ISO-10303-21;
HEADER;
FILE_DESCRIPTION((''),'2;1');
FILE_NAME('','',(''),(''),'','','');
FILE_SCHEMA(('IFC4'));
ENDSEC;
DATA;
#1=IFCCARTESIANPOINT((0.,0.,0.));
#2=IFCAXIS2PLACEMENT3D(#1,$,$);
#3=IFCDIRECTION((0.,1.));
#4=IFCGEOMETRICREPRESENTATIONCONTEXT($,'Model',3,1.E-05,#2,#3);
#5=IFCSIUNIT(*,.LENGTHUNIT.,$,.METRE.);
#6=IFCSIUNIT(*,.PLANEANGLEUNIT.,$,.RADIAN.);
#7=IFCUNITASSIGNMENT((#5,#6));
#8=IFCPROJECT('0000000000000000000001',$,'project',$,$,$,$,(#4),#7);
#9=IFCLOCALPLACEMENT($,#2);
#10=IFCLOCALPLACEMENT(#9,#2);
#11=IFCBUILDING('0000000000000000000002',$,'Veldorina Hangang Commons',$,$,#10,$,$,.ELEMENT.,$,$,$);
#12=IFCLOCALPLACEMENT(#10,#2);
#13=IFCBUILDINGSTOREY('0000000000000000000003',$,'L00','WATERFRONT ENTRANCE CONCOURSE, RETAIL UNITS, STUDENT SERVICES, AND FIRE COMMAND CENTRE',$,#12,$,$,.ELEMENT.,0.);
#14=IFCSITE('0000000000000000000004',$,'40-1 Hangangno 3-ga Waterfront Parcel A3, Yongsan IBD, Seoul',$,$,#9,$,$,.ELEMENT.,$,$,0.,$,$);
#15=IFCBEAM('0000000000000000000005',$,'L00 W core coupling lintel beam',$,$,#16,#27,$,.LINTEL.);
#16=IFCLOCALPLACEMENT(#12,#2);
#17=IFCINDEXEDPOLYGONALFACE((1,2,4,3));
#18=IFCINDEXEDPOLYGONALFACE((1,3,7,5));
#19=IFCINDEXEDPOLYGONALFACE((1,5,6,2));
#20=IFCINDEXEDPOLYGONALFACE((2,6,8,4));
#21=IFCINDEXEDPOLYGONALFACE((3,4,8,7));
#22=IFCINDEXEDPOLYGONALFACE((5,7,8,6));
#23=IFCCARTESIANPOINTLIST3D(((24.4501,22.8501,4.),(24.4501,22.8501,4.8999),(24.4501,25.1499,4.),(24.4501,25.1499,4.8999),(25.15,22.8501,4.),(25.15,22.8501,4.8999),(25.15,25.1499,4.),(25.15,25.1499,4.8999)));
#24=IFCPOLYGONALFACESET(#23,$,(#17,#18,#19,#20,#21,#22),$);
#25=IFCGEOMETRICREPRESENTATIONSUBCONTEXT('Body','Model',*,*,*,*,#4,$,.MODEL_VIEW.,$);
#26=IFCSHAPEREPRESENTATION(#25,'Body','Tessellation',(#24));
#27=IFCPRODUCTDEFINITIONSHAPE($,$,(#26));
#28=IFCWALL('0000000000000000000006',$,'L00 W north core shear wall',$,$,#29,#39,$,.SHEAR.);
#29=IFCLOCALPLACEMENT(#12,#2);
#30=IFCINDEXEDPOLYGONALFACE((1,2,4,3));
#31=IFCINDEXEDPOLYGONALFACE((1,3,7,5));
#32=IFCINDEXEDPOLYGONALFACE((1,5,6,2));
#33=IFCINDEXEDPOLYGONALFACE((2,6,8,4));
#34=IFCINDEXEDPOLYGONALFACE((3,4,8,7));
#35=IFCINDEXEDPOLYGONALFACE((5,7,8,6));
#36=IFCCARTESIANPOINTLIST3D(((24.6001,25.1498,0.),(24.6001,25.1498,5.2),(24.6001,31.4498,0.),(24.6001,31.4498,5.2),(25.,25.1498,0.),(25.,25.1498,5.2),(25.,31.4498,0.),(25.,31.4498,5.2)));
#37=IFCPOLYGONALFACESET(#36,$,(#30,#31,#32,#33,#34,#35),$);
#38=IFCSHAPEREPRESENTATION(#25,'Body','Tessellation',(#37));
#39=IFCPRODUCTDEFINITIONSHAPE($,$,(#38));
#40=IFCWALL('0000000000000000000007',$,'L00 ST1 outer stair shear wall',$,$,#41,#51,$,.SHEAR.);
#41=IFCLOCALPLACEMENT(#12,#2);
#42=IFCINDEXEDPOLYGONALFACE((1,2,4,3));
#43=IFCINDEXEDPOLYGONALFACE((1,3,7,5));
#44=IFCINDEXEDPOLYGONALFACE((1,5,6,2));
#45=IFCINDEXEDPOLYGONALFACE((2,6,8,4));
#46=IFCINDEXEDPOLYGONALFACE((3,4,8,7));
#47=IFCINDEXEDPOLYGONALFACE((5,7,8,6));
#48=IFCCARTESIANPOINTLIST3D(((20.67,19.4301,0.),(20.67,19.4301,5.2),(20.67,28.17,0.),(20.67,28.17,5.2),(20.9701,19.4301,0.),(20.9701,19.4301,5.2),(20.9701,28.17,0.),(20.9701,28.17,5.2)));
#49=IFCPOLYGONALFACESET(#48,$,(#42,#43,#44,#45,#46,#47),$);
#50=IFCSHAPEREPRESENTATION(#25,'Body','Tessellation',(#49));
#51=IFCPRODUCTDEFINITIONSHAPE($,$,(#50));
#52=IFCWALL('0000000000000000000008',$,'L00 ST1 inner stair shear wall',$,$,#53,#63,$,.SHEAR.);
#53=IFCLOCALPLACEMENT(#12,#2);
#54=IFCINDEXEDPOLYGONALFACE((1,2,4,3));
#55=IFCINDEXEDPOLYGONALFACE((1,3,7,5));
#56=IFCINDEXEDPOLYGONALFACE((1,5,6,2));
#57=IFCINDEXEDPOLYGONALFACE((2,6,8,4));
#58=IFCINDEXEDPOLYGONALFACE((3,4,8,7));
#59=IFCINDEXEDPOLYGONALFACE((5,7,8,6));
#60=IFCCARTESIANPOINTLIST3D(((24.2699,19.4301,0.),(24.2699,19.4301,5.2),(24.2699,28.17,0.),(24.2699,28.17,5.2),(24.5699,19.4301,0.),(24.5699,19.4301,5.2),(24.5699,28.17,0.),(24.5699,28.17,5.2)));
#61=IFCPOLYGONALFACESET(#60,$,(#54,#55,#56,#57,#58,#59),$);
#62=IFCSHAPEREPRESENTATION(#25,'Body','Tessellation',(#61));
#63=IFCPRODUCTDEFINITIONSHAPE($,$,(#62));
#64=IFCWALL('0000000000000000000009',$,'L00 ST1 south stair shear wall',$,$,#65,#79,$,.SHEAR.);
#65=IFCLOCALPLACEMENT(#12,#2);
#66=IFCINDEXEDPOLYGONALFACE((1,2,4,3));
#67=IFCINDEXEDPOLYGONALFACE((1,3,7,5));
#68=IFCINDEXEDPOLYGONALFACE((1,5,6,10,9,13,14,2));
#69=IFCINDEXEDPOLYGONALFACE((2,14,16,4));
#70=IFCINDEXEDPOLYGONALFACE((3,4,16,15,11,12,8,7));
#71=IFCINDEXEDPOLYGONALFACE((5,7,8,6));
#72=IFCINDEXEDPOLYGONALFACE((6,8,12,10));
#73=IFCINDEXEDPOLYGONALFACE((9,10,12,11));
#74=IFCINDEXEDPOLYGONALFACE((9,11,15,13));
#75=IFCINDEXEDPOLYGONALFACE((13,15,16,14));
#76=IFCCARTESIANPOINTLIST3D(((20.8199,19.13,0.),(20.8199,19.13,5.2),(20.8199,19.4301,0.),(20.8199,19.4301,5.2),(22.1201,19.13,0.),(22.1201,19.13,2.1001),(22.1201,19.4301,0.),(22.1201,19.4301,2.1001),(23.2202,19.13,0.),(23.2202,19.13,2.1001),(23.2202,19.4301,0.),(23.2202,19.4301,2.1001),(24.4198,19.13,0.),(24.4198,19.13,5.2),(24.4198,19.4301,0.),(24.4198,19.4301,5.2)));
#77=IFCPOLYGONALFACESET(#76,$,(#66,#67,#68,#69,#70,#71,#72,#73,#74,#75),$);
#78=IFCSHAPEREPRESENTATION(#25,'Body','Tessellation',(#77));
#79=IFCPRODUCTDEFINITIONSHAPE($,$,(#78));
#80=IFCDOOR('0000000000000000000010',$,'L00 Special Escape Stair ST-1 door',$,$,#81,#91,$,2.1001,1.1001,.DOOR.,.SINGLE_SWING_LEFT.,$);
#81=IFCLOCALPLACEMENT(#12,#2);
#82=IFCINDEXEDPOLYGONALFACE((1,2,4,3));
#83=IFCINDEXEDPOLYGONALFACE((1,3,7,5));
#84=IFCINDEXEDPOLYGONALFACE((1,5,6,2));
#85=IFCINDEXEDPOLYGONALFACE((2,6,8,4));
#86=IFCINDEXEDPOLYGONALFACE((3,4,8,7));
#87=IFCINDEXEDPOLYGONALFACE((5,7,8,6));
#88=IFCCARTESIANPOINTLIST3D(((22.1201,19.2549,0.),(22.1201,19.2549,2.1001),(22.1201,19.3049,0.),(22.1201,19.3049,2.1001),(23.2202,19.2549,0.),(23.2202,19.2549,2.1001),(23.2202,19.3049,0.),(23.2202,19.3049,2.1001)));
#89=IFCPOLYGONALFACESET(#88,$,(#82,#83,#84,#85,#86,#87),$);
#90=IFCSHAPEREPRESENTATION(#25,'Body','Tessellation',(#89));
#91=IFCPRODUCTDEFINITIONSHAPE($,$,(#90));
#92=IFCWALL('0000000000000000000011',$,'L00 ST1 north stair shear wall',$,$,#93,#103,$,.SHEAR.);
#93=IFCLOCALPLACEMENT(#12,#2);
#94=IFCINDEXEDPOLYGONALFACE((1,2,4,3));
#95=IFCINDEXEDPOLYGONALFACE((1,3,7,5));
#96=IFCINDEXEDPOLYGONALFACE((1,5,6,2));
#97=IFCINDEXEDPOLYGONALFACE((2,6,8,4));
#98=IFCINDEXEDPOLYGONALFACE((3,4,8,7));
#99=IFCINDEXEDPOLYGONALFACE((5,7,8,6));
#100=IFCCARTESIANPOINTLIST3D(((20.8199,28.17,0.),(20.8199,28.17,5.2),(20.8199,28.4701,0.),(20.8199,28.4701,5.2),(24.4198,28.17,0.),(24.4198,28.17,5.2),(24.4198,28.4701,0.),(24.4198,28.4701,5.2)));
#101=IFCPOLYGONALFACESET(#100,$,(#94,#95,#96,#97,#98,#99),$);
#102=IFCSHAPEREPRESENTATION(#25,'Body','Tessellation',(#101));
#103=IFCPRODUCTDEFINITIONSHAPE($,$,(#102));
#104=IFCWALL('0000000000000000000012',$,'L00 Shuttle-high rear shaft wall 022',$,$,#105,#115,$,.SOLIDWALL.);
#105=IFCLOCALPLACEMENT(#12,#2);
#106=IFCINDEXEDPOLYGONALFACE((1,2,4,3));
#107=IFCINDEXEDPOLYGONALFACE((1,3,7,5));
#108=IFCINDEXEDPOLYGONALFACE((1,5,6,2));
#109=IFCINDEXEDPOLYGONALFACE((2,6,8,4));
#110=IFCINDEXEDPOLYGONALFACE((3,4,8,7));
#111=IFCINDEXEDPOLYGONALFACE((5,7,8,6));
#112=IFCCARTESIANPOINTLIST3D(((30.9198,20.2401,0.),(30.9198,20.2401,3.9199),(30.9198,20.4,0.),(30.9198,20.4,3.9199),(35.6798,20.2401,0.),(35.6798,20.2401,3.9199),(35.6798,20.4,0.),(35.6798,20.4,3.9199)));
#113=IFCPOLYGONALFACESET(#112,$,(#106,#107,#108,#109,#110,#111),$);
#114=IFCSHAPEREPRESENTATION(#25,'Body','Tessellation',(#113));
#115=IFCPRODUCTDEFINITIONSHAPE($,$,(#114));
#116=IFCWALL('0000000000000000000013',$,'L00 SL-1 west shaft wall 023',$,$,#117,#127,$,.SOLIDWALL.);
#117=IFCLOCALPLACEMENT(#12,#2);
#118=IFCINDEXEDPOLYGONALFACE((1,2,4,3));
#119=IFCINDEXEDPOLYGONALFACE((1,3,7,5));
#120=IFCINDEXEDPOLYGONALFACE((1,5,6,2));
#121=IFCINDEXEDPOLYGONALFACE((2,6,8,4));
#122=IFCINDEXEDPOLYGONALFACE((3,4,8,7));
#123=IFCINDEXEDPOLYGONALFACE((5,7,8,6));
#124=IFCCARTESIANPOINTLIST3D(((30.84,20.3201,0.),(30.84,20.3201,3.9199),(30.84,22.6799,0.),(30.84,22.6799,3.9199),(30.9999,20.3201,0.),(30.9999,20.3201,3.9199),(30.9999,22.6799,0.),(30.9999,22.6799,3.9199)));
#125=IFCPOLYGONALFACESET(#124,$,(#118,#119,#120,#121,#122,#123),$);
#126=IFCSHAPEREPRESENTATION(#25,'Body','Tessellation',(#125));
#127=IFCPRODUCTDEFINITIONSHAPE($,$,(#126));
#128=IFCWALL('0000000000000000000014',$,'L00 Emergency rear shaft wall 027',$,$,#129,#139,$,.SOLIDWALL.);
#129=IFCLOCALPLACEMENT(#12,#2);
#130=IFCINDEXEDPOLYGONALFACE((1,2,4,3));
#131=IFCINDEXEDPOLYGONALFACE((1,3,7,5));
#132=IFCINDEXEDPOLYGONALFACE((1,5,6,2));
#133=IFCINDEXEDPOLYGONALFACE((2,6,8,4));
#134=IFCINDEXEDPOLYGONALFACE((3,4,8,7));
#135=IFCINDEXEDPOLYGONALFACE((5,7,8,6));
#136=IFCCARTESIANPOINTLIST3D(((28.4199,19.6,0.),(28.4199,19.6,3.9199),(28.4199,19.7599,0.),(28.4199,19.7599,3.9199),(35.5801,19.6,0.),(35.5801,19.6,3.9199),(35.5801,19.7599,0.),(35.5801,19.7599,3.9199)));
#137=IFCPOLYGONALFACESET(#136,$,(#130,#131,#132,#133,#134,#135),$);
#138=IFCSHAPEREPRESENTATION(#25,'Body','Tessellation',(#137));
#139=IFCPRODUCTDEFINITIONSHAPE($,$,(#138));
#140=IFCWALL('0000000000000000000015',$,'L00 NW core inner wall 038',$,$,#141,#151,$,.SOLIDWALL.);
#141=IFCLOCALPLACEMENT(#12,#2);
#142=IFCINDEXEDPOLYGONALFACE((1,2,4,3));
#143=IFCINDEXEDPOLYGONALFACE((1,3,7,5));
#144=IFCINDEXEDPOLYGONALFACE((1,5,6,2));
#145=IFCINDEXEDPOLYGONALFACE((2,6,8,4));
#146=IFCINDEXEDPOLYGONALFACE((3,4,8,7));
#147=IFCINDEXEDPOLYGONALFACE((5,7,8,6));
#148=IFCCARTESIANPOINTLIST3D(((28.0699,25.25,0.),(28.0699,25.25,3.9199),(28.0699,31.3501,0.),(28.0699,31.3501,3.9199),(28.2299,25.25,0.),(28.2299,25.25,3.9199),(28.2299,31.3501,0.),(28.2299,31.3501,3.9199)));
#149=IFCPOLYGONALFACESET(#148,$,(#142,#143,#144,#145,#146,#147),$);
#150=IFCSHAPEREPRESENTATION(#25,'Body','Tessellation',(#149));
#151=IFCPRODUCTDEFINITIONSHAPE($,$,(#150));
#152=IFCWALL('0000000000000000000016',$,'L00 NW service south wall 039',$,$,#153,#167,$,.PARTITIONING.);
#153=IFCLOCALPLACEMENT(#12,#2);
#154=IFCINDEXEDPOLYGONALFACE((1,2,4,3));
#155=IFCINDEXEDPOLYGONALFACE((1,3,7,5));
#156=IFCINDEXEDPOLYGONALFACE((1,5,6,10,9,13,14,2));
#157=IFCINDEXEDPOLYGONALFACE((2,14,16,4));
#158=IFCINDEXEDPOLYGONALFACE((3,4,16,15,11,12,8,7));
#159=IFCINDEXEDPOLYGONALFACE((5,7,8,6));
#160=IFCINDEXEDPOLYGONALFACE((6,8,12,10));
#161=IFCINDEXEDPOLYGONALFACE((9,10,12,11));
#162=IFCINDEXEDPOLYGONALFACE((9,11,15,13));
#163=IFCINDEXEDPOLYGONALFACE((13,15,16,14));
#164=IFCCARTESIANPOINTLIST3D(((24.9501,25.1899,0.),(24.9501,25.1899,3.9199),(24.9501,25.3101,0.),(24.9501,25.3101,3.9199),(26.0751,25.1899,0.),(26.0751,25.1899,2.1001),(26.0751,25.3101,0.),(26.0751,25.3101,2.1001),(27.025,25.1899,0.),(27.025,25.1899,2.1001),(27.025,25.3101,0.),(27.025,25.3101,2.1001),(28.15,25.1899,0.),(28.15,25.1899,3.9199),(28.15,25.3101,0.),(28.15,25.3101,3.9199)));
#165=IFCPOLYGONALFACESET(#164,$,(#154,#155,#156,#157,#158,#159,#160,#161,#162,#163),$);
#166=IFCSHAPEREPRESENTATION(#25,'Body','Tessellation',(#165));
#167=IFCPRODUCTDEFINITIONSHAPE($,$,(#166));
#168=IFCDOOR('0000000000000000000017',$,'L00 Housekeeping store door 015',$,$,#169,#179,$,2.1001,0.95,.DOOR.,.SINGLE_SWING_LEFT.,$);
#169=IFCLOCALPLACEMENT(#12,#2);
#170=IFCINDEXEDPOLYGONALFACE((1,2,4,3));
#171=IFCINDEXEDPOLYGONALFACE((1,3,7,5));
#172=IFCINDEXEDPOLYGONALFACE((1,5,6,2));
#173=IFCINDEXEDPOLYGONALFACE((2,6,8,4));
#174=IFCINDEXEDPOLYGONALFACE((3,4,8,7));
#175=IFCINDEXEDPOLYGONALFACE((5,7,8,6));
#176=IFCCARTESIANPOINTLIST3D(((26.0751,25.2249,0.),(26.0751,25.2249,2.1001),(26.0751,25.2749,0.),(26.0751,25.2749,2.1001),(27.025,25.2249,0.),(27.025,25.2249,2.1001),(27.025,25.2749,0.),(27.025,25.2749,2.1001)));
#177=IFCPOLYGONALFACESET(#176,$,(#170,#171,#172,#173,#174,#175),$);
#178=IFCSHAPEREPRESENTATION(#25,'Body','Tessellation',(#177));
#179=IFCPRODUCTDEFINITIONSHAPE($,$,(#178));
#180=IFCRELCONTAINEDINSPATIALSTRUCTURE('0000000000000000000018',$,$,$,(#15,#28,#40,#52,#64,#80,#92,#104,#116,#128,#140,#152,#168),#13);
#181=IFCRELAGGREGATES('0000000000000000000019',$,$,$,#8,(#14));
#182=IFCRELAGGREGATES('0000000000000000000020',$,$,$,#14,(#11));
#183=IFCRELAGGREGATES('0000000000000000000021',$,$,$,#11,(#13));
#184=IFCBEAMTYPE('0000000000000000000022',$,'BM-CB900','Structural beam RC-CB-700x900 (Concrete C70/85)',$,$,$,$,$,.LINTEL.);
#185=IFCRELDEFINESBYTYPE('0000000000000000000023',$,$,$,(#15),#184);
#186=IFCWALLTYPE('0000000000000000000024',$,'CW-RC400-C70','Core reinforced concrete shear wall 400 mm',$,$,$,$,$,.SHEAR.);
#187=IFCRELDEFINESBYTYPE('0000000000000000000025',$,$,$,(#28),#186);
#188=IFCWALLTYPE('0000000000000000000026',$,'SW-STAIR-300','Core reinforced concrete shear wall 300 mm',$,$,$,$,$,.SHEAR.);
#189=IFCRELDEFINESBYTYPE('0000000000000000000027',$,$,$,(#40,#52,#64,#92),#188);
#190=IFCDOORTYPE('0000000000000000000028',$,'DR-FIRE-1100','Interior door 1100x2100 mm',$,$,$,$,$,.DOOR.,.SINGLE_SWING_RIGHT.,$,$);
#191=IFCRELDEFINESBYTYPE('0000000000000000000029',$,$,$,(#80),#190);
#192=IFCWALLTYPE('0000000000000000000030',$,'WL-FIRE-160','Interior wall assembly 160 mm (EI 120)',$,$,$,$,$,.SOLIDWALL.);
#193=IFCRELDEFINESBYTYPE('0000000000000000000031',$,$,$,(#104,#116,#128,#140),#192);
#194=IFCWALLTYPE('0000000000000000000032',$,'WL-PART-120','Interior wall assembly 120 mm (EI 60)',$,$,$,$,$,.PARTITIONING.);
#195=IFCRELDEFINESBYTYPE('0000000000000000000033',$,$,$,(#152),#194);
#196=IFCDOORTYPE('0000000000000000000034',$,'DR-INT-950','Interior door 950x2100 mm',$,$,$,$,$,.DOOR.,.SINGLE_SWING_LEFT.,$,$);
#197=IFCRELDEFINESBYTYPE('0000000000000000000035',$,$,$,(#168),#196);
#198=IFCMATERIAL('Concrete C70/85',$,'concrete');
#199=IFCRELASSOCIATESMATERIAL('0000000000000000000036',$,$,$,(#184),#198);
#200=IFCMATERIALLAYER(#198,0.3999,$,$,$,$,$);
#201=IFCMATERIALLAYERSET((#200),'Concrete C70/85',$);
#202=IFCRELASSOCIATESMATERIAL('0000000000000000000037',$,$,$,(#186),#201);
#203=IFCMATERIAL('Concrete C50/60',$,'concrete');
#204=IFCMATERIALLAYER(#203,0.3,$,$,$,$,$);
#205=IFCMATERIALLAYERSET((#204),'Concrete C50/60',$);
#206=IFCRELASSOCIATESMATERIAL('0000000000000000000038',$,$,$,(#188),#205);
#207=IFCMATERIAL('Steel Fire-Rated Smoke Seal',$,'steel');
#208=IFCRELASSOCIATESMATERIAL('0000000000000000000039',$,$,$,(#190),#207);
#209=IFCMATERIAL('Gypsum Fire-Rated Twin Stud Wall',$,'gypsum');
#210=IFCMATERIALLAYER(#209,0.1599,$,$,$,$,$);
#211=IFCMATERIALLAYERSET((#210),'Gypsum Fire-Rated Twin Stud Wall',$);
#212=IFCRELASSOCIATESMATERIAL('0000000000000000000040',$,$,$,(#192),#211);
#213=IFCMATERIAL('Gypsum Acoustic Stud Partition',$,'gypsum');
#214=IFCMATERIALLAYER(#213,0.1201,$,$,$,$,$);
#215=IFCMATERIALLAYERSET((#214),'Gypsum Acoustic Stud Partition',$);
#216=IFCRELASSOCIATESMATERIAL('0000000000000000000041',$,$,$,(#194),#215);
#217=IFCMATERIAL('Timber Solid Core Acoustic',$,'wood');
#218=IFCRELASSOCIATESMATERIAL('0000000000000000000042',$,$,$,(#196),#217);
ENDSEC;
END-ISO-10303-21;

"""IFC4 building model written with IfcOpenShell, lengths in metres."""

from ifc_helpers import new_model, si_unit, direction, frame, frame_2d, origin, origin_2d, place, context, subcontext, project, spatial, rectangle, extrude, material, layer, layer_set, material_profile, profile_set, type_object, element, fill, save


model = new_model("IFC4")

# Units and contexts
model_context = context("Model", 3, precision=1e-05, world=origin(), true_north=direction((0.0, 1.0)))
body_context = subcontext(model_context, "Body", "Model", "MODEL_VIEW")
ifc_project = project(units=[si_unit("LENGTHUNIT", "METRE"), si_unit("PLANEANGLEUNIT", "RADIAN")], contexts=[model_context])

# Site, building, storey
site_placement = place(None, origin())
site = spatial("IfcSite", under=ifc_project, at=site_placement, Name="40-1 Hangangno 3-ga Waterfront Parcel A3, Yongsan IBD, Seoul", CompositionType="ELEMENT", RefElevation=0.0)
building_placement = place(site_placement, origin())
building = spatial("IfcBuilding", under=site, at=building_placement, Name="Veldorina Hangang Commons", CompositionType="ELEMENT")
storey_placement = place(building_placement, origin())
storey = spatial("IfcBuildingStorey", under=building, at=storey_placement, Name="L00", Description="WATERFRONT ENTRANCE CONCOURSE, RETAIL UNITS, STUDENT SERVICES, AND FIRE COMMAND CENTRE", CompositionType="ELEMENT", Elevation=0.0)

# Beam
ifc_material_1 = material(Name="Concrete C70/85", Category="concrete")
ifc_material_profile = material_profile(ifc_material_1, rectangle(XDim=0.7, YDim=0.8999, at=origin_2d()), Name="RC-CB-700x900")
ifc_profile_set = profile_set([ifc_material_profile], Name="Concrete C70/85")
beam_type = type_object("IfcBeamType", Name="BM-CB900", Description="Structural beam RC-CB-700x900 (Concrete C70/85)", PredefinedType="LINTEL", material=ifc_profile_set)
beam_placement = place(storey_placement, frame((24.8, 22.8501, 4.45), z_axis=(0.0, 1.0, 0.0), x_axis=(-1.0, 0.0, 0.0)))
element("IfcBeam", 1, at=beam_placement, inside=storey, type_object=beam_type, Name="L00 W core coupling lintel beam", PredefinedType="LINTEL", context=body_context, shape_type="SweptSolid", body=[
    extrude(rectangle(XDim=0.7, YDim=0.8999, at=origin_2d()), origin(), (0.0, 0.0, 1.0), 2.2998),
])

# Walls
ifc_layer_1 = layer(ifc_material_1, 0.3999)
ifc_layer_set_1 = layer_set([ifc_layer_1], Name="Concrete C70/85")
wall_type_1 = type_object("IfcWallType", Name="CW-RC400-C70", Description="Core reinforced concrete shear wall 400 mm", PredefinedType="SHEAR", material=ifc_layer_set_1)
wall_1_placement = place(storey_placement, frame((24.8, 25.1499, 0.0), z_axis=(0.0, 0.0, 1.0), x_axis=(0.0, 1.0, 0.0)))
element("IfcWall", 2, at=wall_1_placement, inside=storey, type_object=wall_type_1, Name="L00 W north core shear wall", PredefinedType="SHEAR", context=body_context, shape_type="SweptSolid", body=[
    extrude(rectangle(XDim=6.3, YDim=0.3999, at=frame_2d((3.1499, 0.0))), origin(), (0.0, 0.0, 1.0), 5.2),
])
ifc_material_2 = material(Name="Concrete C50/60", Category="concrete")
ifc_layer_2 = layer(ifc_material_2, 0.3)
ifc_layer_set_2 = layer_set([ifc_layer_2], Name="Concrete C50/60")
wall_type_2 = type_object("IfcWallType", Name="SW-STAIR-300", Description="Core reinforced concrete shear wall 300 mm", PredefinedType="SHEAR", material=ifc_layer_set_2)
for number, where, z_axis, x_axis, name in (
    (3, (20.8201, 19.4299, 0.0), (0.0, 0.0, 1.0), (0.0, 1.0, 0.0), "L00 ST1 outer stair shear wall"),
    (4, (24.4199, 19.4299, 0.0), (0.0, 0.0, 1.0), (0.0, 1.0, 0.0), "L00 ST1 inner stair shear wall"),
):
    element("IfcWall", number, at=place(storey_placement, frame(where, z_axis=z_axis, x_axis=x_axis)), inside=storey, type_object=wall_type_2, Name=name, PredefinedType="SHEAR", context=body_context, shape_type="SweptSolid", body=[
        extrude(rectangle(XDim=8.74, YDim=0.3, at=frame_2d((4.3701, 0.0))), origin(), (0.0, 0.0, 1.0), 5.2),
    ])

# Wall, opening, door
wall_2_placement = place(storey_placement, frame((20.8201, 19.28, 0.0), z_axis=(0.0, 0.0, 1.0), x_axis=(1.0, 0.0, 0.0)))
wall_2 = element("IfcWall", 5, at=wall_2_placement, inside=storey, type_object=wall_type_2, Name="L00 ST1 south stair shear wall", PredefinedType="SHEAR", context=body_context, shape_type="SweptSolid", body=[
    extrude(rectangle(XDim=3.5999, YDim=0.3, at=frame_2d((1.7998, 0.0))), origin(), (0.0, 0.0, 1.0), 5.2),
])
opening_1_placement = place(wall_2_placement, frame((1.3, 0.0, 0.0)))
opening_1 = element("IfcOpeningElement", 6, at=opening_1_placement, cuts=wall_2, PredefinedType="OPENING", context=body_context, shape_type="SweptSolid", body=[
    extrude(rectangle(XDim=1.1001, YDim=2.1001, at=frame_2d((0.55, 1.05))), frame((0.0, 0.1602, 0.0), z_axis=(0.0, -1.0, 0.0), x_axis=(1.0, 0.0, 0.0)), (0.0, 0.0, 1.0), 0.3201),
])
ifc_material_3 = material(Name="Steel Fire-Rated Smoke Seal", Category="steel")
door_type_1 = type_object("IfcDoorType", Name="DR-FIRE-1100", Description="Interior door 1100x2100 mm", OperationType="SINGLE_SWING_RIGHT", PredefinedType="DOOR", material=ifc_material_3)
door_1_placement = place(opening_1_placement, origin())
door_1 = element("IfcDoor", 7, at=door_1_placement, inside=storey, type_object=door_type_1, Name="L00 Special Escape Stair ST-1 door", OperationType="SINGLE_SWING_LEFT", OverallHeight=2.1001, OverallWidth=1.1001, PredefinedType="DOOR", context=body_context, shape_type="SweptSolid", body=[
    extrude(rectangle(XDim=1.1001, YDim=2.1001, at=frame_2d((0.55, 1.05))), frame((0.0, 0.0249, 0.0), z_axis=(0.0, -1.0, 0.0), x_axis=(1.0, 0.0, 0.0)), (0.0, 0.0, 1.0), 0.05),
])
fill(opening_1, door_1)

# Wall
wall_3_placement = place(storey_placement, frame((20.8201, 28.3201, 0.0), z_axis=(0.0, 0.0, 1.0), x_axis=(1.0, 0.0, 0.0)))
element("IfcWall", 8, at=wall_3_placement, inside=storey, type_object=wall_type_2, Name="L00 ST1 north stair shear wall", PredefinedType="SHEAR", context=body_context, shape_type="SweptSolid", body=[
    extrude(rectangle(XDim=3.5999, YDim=0.3, at=frame_2d((1.7998, 0.0))), origin(), (0.0, 0.0, 1.0), 5.2),
])

# Shared definitions
ifc_material_4 = material(Name="Gypsum Fire-Rated Twin Stud Wall", Category="gypsum")
ifc_layer_3 = layer(ifc_material_4, 0.1599)
ifc_layer_set_3 = layer_set([ifc_layer_3], Name="Gypsum Fire-Rated Twin Stud Wall")
wall_type_3 = type_object("IfcWallType", Name="WL-FIRE-160", Description="Interior wall assembly 160 mm (EI 120)", PredefinedType="SOLIDWALL", material=ifc_layer_set_3)

# Walls
wall_4_placement = place(storey_placement, frame((30.9199, 20.3201, 0.0), z_axis=(0.0, 0.0, 1.0), x_axis=(1.0, 0.0, 0.0)))
element("IfcWall", 9, at=wall_4_placement, inside=storey, type_object=wall_type_3, Name="L00 Shuttle-high rear shaft wall 022", PredefinedType="SOLIDWALL", context=body_context, shape_type="SweptSolid", body=[
    extrude(rectangle(XDim=4.76, YDim=0.1599, at=frame_2d((2.3799, 0.0))), origin(), (0.0, 0.0, 1.0), 3.9199),
])
wall_5_placement = place(storey_placement, frame((30.9199, 20.3201, 0.0), z_axis=(0.0, 0.0, 1.0), x_axis=(0.0, 1.0, 0.0)))
element("IfcWall", 10, at=wall_5_placement, inside=storey, type_object=wall_type_3, Name="L00 SL-1 west shaft wall 023", PredefinedType="SOLIDWALL", context=body_context, shape_type="SweptSolid", body=[
    extrude(rectangle(XDim=2.3599, YDim=0.1599, at=frame_2d((1.1799, 0.0))), origin(), (0.0, 0.0, 1.0), 3.9199),
])
wall_6_placement = place(storey_placement, frame((28.4199, 19.6799, 0.0), z_axis=(0.0, 0.0, 1.0), x_axis=(1.0, 0.0, 0.0)))
element("IfcWall", 11, at=wall_6_placement, inside=storey, type_object=wall_type_3, Name="L00 Emergency rear shaft wall 027", PredefinedType="SOLIDWALL", context=body_context, shape_type="SweptSolid", body=[
    extrude(rectangle(XDim=7.1602, YDim=0.1599, at=frame_2d((3.5801, 0.0))), origin(), (0.0, 0.0, 1.0), 3.9199),
])
wall_7_placement = place(storey_placement, frame((28.1499, 25.25, 0.0), z_axis=(0.0, 0.0, 1.0), x_axis=(0.0, 1.0, 0.0)))
element("IfcWall", 12, at=wall_7_placement, inside=storey, type_object=wall_type_3, Name="L00 NW core inner wall 038", PredefinedType="SOLIDWALL", context=body_context, shape_type="SweptSolid", body=[
    extrude(rectangle(XDim=6.1001, YDim=0.1599, at=frame_2d((3.05, 0.0))), origin(), (0.0, 0.0, 1.0), 3.9199),
])

# Wall, opening, door
ifc_material_5 = material(Name="Gypsum Acoustic Stud Partition", Category="gypsum")
ifc_layer_4 = layer(ifc_material_5, 0.1201)
ifc_layer_set_4 = layer_set([ifc_layer_4], Name="Gypsum Acoustic Stud Partition")
wall_type_4 = type_object("IfcWallType", Name="WL-PART-120", Description="Interior wall assembly 120 mm (EI 60)", PredefinedType="PARTITIONING", material=ifc_layer_set_4)
wall_8_placement = place(storey_placement, frame((24.95, 25.25, 0.0), z_axis=(0.0, 0.0, 1.0), x_axis=(1.0, 0.0, 0.0)))
wall_8 = element("IfcWall", 13, at=wall_8_placement, inside=storey, type_object=wall_type_4, Name="L00 NW service south wall 039", PredefinedType="PARTITIONING", context=body_context, shape_type="SweptSolid", body=[
    extrude(rectangle(XDim=3.2, YDim=0.1201, at=frame_2d((1.6001, 0.0))), origin(), (0.0, 0.0, 1.0), 3.9199),
])
opening_2_placement = place(wall_8_placement, frame((1.125, 0.0, 0.0)))
opening_2 = element("IfcOpeningElement", 14, at=opening_2_placement, cuts=wall_8, PredefinedType="OPENING", context=body_context, shape_type="SweptSolid", body=[
    extrude(rectangle(XDim=0.95, YDim=2.1001, at=frame_2d((0.4751, 1.05))), frame((0.0, 0.0701, 0.0), z_axis=(0.0, -1.0, 0.0), x_axis=(1.0, 0.0, 0.0)), (0.0, 0.0, 1.0), 0.1401),
])
ifc_material_6 = material(Name="Timber Solid Core Acoustic", Category="wood")
door_type_2 = type_object("IfcDoorType", Name="DR-INT-950", Description="Interior door 950x2100 mm", OperationType="SINGLE_SWING_LEFT", PredefinedType="DOOR", material=ifc_material_6)
door_2_placement = place(opening_2_placement, origin())
door_2 = element("IfcDoor", 15, at=door_2_placement, inside=storey, type_object=door_type_2, Name="L00 Housekeeping store door 015", OperationType="SINGLE_SWING_LEFT", OverallHeight=2.1001, OverallWidth=0.95, PredefinedType="DOOR", context=body_context, shape_type="SweptSolid", body=[
    extrude(rectangle(XDim=0.95, YDim=2.1001, at=frame_2d((0.4751, 1.05))), frame((0.0, 0.0249, 0.0), z_axis=(0.0, -1.0, 0.0), x_axis=(1.0, 0.0, 0.0)), (0.0, 0.0, 1.0), 0.05),
])
fill(opening_2, door_2)

save(model, "model.ifc")
